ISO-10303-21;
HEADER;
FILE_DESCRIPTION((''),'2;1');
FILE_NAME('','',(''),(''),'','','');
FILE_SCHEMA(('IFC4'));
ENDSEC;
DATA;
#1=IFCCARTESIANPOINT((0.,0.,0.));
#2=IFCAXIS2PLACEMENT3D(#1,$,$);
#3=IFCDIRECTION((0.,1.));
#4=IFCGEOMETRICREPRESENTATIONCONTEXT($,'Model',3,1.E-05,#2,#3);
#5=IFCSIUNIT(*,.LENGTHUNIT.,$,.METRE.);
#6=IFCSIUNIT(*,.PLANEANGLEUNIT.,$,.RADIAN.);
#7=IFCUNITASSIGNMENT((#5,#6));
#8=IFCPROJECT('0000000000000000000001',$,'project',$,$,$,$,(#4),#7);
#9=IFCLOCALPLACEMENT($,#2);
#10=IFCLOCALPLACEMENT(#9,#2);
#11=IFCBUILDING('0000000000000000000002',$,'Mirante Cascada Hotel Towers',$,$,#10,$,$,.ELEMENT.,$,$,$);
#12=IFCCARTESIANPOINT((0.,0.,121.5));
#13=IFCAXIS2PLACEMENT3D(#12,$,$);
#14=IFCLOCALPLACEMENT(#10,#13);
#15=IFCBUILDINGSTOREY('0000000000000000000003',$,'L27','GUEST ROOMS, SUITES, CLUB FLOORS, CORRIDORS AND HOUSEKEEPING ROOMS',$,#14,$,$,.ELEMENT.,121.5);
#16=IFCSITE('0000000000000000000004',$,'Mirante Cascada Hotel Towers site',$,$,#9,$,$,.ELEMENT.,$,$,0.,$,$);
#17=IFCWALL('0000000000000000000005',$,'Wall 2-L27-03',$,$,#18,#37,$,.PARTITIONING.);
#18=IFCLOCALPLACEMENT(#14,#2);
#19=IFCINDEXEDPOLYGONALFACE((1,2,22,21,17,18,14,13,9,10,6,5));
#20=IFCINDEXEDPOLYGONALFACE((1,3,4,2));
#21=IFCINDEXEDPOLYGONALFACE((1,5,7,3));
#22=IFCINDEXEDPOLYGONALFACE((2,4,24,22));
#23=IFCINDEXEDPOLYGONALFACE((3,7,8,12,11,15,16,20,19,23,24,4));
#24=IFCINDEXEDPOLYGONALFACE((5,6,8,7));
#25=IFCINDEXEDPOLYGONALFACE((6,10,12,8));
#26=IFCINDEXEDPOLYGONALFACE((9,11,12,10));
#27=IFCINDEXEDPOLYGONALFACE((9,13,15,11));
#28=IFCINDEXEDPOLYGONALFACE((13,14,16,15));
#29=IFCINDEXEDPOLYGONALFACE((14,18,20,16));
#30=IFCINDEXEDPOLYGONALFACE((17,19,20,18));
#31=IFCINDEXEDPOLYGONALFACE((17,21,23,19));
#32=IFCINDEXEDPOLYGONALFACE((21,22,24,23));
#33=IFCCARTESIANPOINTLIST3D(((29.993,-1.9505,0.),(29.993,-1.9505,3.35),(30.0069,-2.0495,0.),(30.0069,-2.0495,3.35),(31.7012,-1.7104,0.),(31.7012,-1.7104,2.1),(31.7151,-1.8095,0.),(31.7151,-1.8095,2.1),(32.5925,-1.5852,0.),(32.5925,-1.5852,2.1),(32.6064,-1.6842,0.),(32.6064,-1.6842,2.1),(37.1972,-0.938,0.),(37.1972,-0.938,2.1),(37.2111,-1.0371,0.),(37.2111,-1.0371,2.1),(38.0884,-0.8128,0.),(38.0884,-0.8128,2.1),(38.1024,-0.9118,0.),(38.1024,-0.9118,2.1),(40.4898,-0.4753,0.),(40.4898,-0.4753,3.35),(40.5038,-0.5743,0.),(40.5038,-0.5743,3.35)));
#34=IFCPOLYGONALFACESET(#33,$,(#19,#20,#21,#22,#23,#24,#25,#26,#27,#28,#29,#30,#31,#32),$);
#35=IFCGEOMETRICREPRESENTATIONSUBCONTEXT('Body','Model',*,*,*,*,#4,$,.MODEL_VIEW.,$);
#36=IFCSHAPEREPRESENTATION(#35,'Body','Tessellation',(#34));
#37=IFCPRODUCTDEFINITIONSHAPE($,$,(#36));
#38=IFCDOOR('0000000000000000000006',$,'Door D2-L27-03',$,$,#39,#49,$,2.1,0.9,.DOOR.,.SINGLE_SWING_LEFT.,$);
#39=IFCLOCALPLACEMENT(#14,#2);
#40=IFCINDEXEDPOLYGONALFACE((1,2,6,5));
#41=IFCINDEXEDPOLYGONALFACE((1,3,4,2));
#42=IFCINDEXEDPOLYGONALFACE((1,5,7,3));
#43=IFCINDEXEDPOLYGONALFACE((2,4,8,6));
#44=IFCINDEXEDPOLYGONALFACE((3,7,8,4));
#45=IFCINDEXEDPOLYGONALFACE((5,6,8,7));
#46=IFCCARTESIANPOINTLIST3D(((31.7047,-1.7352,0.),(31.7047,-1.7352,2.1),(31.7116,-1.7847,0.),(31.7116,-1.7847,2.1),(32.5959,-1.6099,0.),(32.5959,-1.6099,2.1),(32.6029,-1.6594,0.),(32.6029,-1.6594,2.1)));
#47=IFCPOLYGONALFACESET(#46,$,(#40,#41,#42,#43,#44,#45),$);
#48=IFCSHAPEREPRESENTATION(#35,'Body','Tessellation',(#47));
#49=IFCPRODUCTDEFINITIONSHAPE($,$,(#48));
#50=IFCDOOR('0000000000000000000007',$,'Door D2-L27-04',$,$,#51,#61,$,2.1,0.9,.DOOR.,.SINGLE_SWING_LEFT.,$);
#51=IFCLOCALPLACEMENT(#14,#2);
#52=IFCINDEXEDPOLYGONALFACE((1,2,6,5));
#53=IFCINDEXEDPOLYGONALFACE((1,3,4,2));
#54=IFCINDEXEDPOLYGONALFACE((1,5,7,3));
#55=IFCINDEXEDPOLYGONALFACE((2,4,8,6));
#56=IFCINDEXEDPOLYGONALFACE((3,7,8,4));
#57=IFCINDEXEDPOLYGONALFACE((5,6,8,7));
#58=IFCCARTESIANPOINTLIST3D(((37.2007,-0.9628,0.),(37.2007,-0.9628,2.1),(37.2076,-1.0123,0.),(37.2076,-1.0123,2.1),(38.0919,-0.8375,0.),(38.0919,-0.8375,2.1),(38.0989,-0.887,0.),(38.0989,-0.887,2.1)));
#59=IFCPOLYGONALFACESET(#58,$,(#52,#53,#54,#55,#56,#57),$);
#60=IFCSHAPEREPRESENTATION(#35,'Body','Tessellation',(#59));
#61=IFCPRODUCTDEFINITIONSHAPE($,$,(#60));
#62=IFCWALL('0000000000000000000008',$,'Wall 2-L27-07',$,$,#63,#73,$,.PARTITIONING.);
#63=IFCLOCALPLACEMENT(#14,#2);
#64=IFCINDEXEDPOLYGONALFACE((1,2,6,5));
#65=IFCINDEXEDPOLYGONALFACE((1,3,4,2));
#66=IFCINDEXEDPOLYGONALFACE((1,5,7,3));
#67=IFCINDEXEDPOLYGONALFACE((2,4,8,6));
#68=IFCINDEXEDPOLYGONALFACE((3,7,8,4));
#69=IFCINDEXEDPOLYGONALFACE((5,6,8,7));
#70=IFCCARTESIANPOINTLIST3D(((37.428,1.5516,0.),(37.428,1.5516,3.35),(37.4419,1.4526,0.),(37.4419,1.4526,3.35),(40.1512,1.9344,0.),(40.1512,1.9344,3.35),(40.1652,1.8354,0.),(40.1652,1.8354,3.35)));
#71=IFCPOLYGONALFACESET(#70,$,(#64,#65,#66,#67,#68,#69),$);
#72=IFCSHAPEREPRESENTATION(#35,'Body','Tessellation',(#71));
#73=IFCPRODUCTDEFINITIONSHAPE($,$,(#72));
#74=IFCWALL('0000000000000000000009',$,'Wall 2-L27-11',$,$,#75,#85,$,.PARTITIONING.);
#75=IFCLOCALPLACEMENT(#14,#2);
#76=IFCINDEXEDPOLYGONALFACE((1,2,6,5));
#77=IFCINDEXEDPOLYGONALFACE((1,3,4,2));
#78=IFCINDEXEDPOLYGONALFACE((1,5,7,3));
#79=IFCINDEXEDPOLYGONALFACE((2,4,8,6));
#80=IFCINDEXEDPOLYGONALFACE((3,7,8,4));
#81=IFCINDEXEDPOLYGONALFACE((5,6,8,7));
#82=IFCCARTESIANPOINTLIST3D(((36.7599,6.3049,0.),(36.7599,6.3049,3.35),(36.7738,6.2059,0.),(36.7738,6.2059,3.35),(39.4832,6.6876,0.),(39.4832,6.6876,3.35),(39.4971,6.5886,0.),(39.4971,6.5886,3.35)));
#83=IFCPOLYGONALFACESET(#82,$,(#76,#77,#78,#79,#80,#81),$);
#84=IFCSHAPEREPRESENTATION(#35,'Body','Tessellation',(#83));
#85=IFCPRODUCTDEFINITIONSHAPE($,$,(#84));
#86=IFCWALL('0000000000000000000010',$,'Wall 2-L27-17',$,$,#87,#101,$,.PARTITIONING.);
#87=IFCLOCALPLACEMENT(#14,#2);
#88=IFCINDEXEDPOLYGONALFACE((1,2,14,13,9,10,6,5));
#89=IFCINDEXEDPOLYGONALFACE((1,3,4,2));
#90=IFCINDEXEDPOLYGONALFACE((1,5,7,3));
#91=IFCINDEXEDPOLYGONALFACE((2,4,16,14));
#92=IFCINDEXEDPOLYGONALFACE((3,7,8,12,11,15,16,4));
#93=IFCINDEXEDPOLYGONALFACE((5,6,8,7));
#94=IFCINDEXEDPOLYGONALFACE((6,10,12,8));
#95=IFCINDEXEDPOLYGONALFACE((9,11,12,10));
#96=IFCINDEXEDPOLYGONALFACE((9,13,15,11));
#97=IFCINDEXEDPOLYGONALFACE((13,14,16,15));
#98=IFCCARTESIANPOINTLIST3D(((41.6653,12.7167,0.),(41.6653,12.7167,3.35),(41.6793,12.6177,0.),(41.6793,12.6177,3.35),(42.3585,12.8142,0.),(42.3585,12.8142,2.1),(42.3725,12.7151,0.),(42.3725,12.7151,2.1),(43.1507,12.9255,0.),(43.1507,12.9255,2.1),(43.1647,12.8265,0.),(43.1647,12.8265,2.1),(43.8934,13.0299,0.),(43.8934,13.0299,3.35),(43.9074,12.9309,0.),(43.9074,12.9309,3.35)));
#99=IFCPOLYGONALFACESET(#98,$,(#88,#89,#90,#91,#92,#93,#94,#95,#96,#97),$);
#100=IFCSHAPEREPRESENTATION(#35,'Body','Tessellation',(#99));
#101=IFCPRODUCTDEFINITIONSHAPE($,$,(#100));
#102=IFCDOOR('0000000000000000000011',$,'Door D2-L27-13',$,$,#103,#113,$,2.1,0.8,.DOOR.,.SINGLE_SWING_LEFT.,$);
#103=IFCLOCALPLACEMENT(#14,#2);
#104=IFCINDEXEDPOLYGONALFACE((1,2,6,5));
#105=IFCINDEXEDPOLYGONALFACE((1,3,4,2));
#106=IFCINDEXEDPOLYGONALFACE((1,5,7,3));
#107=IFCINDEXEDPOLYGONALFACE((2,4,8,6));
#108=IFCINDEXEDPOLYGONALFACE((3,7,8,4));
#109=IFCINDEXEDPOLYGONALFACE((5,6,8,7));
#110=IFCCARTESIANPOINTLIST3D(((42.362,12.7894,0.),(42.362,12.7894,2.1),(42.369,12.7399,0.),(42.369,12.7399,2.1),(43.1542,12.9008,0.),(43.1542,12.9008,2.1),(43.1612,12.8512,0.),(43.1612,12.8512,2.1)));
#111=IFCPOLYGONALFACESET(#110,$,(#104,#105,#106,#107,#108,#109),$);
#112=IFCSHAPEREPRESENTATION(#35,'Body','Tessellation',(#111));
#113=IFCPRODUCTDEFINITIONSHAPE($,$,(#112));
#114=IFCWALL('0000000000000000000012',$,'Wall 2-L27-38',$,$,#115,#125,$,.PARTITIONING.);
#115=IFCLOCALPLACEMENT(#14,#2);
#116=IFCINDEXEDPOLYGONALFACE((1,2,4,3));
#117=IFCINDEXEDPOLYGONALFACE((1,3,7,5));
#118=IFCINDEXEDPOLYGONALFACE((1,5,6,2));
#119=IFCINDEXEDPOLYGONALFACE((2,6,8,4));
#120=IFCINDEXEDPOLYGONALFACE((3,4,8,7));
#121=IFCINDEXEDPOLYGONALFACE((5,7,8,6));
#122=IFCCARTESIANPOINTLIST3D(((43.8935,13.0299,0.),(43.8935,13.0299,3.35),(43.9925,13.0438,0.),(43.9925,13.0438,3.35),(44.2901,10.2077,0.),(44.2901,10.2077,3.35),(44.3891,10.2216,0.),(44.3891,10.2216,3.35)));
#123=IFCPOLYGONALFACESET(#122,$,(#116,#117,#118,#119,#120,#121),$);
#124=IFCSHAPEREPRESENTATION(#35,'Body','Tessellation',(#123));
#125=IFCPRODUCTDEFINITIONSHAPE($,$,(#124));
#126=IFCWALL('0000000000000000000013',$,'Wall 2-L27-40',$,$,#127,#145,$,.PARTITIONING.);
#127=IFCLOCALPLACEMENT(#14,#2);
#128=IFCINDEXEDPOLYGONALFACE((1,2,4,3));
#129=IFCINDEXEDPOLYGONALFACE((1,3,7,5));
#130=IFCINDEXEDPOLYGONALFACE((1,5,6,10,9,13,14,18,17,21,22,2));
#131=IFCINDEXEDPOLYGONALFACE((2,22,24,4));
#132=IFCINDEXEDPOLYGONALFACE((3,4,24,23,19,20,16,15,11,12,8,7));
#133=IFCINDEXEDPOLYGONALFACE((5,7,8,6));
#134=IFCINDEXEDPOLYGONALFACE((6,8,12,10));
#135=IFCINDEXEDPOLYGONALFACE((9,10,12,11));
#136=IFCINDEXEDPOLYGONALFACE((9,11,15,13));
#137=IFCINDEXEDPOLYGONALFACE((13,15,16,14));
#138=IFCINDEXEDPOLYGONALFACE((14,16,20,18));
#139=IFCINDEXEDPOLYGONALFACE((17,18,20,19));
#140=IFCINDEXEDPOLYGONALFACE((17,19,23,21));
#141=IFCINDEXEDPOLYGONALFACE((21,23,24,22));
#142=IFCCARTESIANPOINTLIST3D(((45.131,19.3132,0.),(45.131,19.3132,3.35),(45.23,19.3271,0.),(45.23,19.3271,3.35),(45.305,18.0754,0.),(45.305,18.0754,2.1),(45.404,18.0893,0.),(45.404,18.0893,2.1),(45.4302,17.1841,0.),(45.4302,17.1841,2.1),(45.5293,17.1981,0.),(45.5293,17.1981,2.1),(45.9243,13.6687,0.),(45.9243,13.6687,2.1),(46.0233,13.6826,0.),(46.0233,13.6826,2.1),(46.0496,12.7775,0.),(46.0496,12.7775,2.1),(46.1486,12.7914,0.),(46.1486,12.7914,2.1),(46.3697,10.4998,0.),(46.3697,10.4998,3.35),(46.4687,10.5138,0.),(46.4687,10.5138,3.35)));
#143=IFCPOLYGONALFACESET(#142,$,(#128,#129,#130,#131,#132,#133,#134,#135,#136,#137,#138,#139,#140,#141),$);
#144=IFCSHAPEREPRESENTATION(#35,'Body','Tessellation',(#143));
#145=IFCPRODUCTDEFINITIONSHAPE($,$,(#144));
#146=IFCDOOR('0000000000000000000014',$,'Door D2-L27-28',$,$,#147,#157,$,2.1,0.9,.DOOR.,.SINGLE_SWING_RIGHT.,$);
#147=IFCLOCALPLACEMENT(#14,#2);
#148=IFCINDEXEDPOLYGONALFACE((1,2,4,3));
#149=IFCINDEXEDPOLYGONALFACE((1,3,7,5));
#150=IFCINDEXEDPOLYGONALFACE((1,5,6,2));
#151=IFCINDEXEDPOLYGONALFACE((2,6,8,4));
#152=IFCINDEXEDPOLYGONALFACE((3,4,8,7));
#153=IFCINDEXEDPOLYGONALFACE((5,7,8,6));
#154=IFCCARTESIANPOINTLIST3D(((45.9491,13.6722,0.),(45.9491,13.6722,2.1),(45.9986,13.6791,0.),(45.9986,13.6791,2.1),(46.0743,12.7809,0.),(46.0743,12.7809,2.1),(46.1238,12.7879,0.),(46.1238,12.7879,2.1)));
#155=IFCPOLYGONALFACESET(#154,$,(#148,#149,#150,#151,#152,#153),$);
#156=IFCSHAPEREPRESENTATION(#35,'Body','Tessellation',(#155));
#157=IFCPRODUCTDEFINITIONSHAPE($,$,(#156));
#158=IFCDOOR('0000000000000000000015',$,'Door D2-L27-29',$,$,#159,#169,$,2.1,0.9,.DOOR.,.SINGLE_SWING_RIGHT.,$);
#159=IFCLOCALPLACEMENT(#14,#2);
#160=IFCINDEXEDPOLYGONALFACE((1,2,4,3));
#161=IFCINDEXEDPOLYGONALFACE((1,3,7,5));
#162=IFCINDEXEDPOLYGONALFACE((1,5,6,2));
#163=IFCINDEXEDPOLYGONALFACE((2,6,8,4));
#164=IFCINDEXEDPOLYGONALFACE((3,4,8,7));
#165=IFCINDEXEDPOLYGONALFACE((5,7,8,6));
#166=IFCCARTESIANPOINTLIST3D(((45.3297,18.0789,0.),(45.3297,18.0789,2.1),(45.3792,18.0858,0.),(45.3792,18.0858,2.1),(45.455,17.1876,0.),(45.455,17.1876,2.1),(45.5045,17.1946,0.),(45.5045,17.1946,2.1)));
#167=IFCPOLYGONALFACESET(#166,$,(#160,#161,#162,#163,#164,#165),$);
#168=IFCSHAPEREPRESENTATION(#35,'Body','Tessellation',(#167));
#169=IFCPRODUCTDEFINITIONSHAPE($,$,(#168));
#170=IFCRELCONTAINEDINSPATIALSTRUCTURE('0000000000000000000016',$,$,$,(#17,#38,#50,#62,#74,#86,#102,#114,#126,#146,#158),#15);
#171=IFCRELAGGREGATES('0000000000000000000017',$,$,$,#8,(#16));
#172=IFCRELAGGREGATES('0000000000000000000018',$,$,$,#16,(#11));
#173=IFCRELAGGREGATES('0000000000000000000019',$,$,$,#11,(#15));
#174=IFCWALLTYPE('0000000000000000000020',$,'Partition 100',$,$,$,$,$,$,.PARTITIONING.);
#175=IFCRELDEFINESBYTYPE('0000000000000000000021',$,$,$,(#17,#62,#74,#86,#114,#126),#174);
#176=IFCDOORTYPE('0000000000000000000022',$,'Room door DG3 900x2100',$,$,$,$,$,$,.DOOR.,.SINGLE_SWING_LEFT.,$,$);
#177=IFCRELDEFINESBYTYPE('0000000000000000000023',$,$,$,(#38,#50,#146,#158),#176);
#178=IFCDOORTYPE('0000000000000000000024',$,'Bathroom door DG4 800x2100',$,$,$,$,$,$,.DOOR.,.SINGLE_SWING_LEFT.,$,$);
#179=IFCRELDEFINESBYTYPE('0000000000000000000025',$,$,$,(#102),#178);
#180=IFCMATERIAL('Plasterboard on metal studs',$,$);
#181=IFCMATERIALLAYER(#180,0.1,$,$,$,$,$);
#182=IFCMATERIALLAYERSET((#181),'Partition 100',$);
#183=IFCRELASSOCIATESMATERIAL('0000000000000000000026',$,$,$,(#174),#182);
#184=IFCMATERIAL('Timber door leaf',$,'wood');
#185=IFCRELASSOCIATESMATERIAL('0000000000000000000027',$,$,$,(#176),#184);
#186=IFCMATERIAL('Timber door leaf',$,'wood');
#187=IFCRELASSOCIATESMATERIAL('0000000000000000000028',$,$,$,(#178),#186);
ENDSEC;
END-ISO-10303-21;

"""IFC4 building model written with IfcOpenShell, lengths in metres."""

from ifc_helpers import new_model, si_unit, direction, frame, frame_2d, origin, place, context, subcontext, project, spatial, rectangle, extrude, material, layer, layer_set, type_object, element, fill, save


model = new_model("IFC4")

# Units and contexts
model_context = context("Model", 3, precision=1e-05, world=origin(), true_north=direction((0.0, 1.0)))
body_context = subcontext(model_context, "Body", "Model", "MODEL_VIEW")
ifc_project = project(units=[si_unit("LENGTHUNIT", "METRE"), si_unit("PLANEANGLEUNIT", "RADIAN")], contexts=[model_context])

# Site, building, storey
site_placement = place(None, origin())
site = spatial("IfcSite", under=ifc_project, at=site_placement, Name="Mirante Cascada Hotel Towers site", CompositionType="ELEMENT", RefElevation=0.0)
building_placement = place(site_placement, origin())
building = spatial("IfcBuilding", under=site, at=building_placement, Name="Mirante Cascada Hotel Towers", CompositionType="ELEMENT")
storey_placement = place(building_placement, frame((0.0, 0.0, 121.5)))
storey = spatial("IfcBuildingStorey", under=building, at=storey_placement, Name="L27", Description="GUEST ROOMS, SUITES, CLUB FLOORS, CORRIDORS AND HOUSEKEEPING ROOMS", CompositionType="ELEMENT", Elevation=121.5)

# Wall, openings, doors
ifc_material_1 = material(Name="Plasterboard on metal studs")
ifc_layer_1 = layer(ifc_material_1, 0.1)
ifc_layer_set_1 = layer_set([ifc_layer_1], Name="Partition 100")
wall_type_1 = type_object("IfcWallType", Name="Partition 100", PredefinedType="PARTITIONING", material=ifc_layer_set_1)
wall_1_placement = place(storey_placement, frame((40.4968, -0.5248, 0.0), z_axis=(0.0, 0.0, 1.0), x_axis=(-0.990268, -0.13917, 0.0)))
wall_1 = element("IfcWall", 1, at=wall_1_placement, inside=storey, type_object=wall_type_1, Name="Wall 2-L27-03", PredefinedType="PARTITIONING", context=body_context, shape_type="SweptSolid", body=[
    extrude(rectangle(XDim=10.6, YDim=0.1, at=frame_2d((5.3, 0.0))), origin(), (0.0, 0.0, 1.0), 3.35),
])
opening_1_placement = place(wall_1_placement, frame((7.975, 0.0, 0.0)))
opening_1 = element("IfcOpeningElement", 2, at=opening_1_placement, cuts=wall_1, PredefinedType="OPENING", context=body_context, shape_type="SweptSolid", body=[
    extrude(rectangle(XDim=0.9, YDim=2.1, at=frame_2d((0.45, 1.05))), frame((0.0, 0.05, 0.0), z_axis=(0.0, -1.0, 0.0), x_axis=(1.0, 0.0, 0.0)), (0.0, 0.0, 1.0), 0.1),
])
opening_2_placement = place(wall_1_placement, frame((2.425, 0.0, 0.0)))
opening_2 = element("IfcOpeningElement", 3, at=opening_2_placement, cuts=wall_1, PredefinedType="OPENING", context=body_context, shape_type="SweptSolid", body=[
    extrude(rectangle(XDim=0.9, YDim=2.1, at=frame_2d((0.45, 1.05))), frame((0.0, 0.05, 0.0), z_axis=(0.0, -1.0, 0.0), x_axis=(1.0, 0.0, 0.0)), (0.0, 0.0, 1.0), 0.1),
])
ifc_material_2 = material(Name="Timber door leaf", Category="wood")
door_type_1 = type_object("IfcDoorType", Name="Room door DG3 900x2100", OperationType="SINGLE_SWING_LEFT", PredefinedType="DOOR", material=ifc_material_2)
door_1_placement = place(opening_1_placement, origin())
door_1 = element("IfcDoor", 4, at=door_1_placement, inside=storey, type_object=door_type_1, Name="Door D2-L27-03", OperationType="SINGLE_SWING_LEFT", OverallHeight=2.1, OverallWidth=0.9, PredefinedType="DOOR", context=body_context, shape_type="SweptSolid", body=[
    extrude(rectangle(XDim=0.9, YDim=2.1, at=frame_2d((0.45, 1.05))), frame((0.0, 0.025, 0.0), z_axis=(0.0, -1.0, 0.0), x_axis=(1.0, 0.0, 0.0)), (0.0, 0.0, 1.0), 0.05),
])
fill(opening_1, door_1)
door_2_placement = place(opening_2_placement, origin())
door_2 = element("IfcDoor", 5, at=door_2_placement, inside=storey, type_object=door_type_1, Name="Door D2-L27-04", OperationType="SINGLE_SWING_LEFT", OverallHeight=2.1, OverallWidth=0.9, PredefinedType="DOOR", context=body_context, shape_type="SweptSolid", body=[
    extrude(rectangle(XDim=0.9, YDim=2.1, at=frame_2d((0.45, 1.05))), frame((0.0, 0.025, 0.0), z_axis=(0.0, -1.0, 0.0), x_axis=(1.0, 0.0, 0.0)), (0.0, 0.0, 1.0), 0.05),
])
fill(opening_2, door_2)

# Walls
wall_2_placement = place(storey_placement, frame((40.1582, 1.8849, 0.0), z_axis=(0.0, 0.0, 1.0), x_axis=(-0.990264, -0.139201, 0.0)))
element("IfcWall", 6, at=wall_2_placement, inside=storey, type_object=wall_type_1, Name="Wall 2-L27-07", PredefinedType="PARTITIONING", context=body_context, shape_type="SweptSolid", body=[
    extrude(rectangle(XDim=2.75, YDim=0.1, at=frame_2d((1.375, 0.0))), origin(), (0.0, 0.0, 1.0), 3.35),
])
wall_3_placement = place(storey_placement, frame((39.4902, 6.6381, 0.0), z_axis=(0.0, 0.0, 1.0), x_axis=(-0.99027, -0.139161, 0.0)))
element("IfcWall", 7, at=wall_3_placement, inside=storey, type_object=wall_type_1, Name="Wall 2-L27-11", PredefinedType="PARTITIONING", context=body_context, shape_type="SweptSolid", body=[
    extrude(rectangle(XDim=2.7501, YDim=0.1, at=frame_2d((1.3751, 0.0))), origin(), (0.0, 0.0, 1.0), 3.35),
])

# Wall, opening, door
wall_4_placement = place(storey_placement, frame((43.9004, 12.9804, 0.0), z_axis=(0.0, 0.0, 1.0), x_axis=(-0.990264, -0.1392, 0.0)))
wall_4 = element("IfcWall", 8, at=wall_4_placement, inside=storey, type_object=wall_type_1, Name="Wall 2-L27-17", PredefinedType="PARTITIONING", context=body_context, shape_type="SweptSolid", body=[
    extrude(rectangle(XDim=2.25, YDim=0.1, at=frame_2d((1.125, 0.0))), origin(), (0.0, 0.0, 1.0), 3.35),
])
opening_3_placement = place(wall_4_placement, frame((0.75, 0.0, 0.0)))
opening_3 = element("IfcOpeningElement", 9, at=opening_3_placement, cuts=wall_4, PredefinedType="OPENING", context=body_context, shape_type="SweptSolid", body=[
    extrude(rectangle(XDim=0.8, YDim=2.1, at=frame_2d((0.4, 1.05))), frame((0.0, 0.05, 0.0), z_axis=(0.0, -1.0, 0.0), x_axis=(1.0, 0.0, 0.0)), (0.0, 0.0, 1.0), 0.1),
])
ifc_material_3 = material(Name="Timber door leaf", Category="wood")
door_type_2 = type_object("IfcDoorType", Name="Bathroom door DG4 800x2100", OperationType="SINGLE_SWING_LEFT", PredefinedType="DOOR", material=ifc_material_3)
door_3_placement = place(opening_3_placement, origin())
door_3 = element("IfcDoor", 10, at=door_3_placement, inside=storey, type_object=door_type_2, Name="Door D2-L27-13", OperationType="SINGLE_SWING_LEFT", OverallHeight=2.1, OverallWidth=0.8, PredefinedType="DOOR", context=body_context, shape_type="SweptSolid", body=[
    extrude(rectangle(XDim=0.8, YDim=2.1, at=frame_2d((0.4, 1.05))), frame((0.0, 0.025, 0.0), z_axis=(0.0, -1.0, 0.0), x_axis=(1.0, 0.0, 0.0)), (0.0, 0.0, 1.0), 0.05),
])
fill(opening_3, door_3)

# Wall
wall_5_placement = place(storey_placement, frame((44.3396, 10.2146, 0.0), z_axis=(0.0, 0.0, 1.0), x_axis=(-0.139161, 0.99027, 0.0)))
element("IfcWall", 11, at=wall_5_placement, inside=storey, type_object=wall_type_1, Name="Wall 2-L27-38", PredefinedType="PARTITIONING", context=body_context, shape_type="SweptSolid", body=[
    extrude(rectangle(XDim=2.8499, YDim=0.1, at=frame_2d((1.425, 0.0))), origin(), (0.0, 0.0, 1.0), 3.35),
])

# Wall, openings, doors
wall_6_placement = place(storey_placement, frame((46.4192, 10.5068, 0.0), z_axis=(0.0, 0.0, 1.0), x_axis=(-0.139179, 0.990267, 0.0)))
wall_6 = element("IfcWall", 12, at=wall_6_placement, inside=storey, type_object=wall_type_1, Name="Wall 2-L27-40", PredefinedType="PARTITIONING", context=body_context, shape_type="SweptSolid", body=[
    extrude(rectangle(XDim=8.9, YDim=0.1, at=frame_2d((4.45, 0.0))), origin(), (0.0, 0.0, 1.0), 3.35),
])
opening_4_placement = place(wall_6_placement, frame((2.3, 0.0, 0.0)))
opening_4 = element("IfcOpeningElement", 13, at=opening_4_placement, cuts=wall_6, PredefinedType="OPENING", context=body_context, shape_type="SweptSolid", body=[
    extrude(rectangle(XDim=0.9, YDim=2.1, at=frame_2d((0.45, 1.05))), frame((0.0, 0.05, 0.0), z_axis=(0.0, -1.0, 0.0), x_axis=(1.0, 0.0, 0.0)), (0.0, 0.0, 1.0), 0.1),
])
opening_5_placement = place(wall_6_placement, frame((6.75, 0.0, 0.0)))
opening_5 = element("IfcOpeningElement", 14, at=opening_5_placement, cuts=wall_6, PredefinedType="OPENING", context=body_context, shape_type="SweptSolid", body=[
    extrude(rectangle(XDim=0.9, YDim=2.1, at=frame_2d((0.45, 1.05))), frame((0.0, 0.05, 0.0), z_axis=(0.0, -1.0, 0.0), x_axis=(1.0, 0.0, 0.0)), (0.0, 0.0, 1.0), 0.1),
])
door_4_placement = place(opening_4_placement, frame((0.9, 0.0, 0.0), z_axis=(0.0, 0.0, 1.0), x_axis=(-1.0, 0.0, 0.0)))
door_4 = element("IfcDoor", 15, at=door_4_placement, inside=storey, type_object=door_type_1, Name="Door D2-L27-28", OperationType="SINGLE_SWING_RIGHT", OverallHeight=2.1, OverallWidth=0.9, PredefinedType="DOOR", context=body_context, shape_type="SweptSolid", body=[
    extrude(rectangle(XDim=0.9, YDim=2.1, at=frame_2d((0.45, 1.05))), frame((0.0, 0.025, 0.0), z_axis=(0.0, -1.0, 0.0), x_axis=(1.0, 0.0, 0.0)), (0.0, 0.0, 1.0), 0.05),
])
fill(opening_4, door_4)
door_5_placement = place(opening_5_placement, frame((0.9, 0.0, 0.0), z_axis=(0.0, 0.0, 1.0), x_axis=(-1.0, 0.0, 0.0)))
door_5 = element("IfcDoor", 16, at=door_5_placement, inside=storey, type_object=door_type_1, Name="Door D2-L27-29", OperationType="SINGLE_SWING_RIGHT", OverallHeight=2.1, OverallWidth=0.9, PredefinedType="DOOR", context=body_context, shape_type="SweptSolid", body=[
    extrude(rectangle(XDim=0.9, YDim=2.1, at=frame_2d((0.45, 1.05))), frame((0.0, 0.025, 0.0), z_axis=(0.0, -1.0, 0.0), x_axis=(1.0, 0.0, 0.0)), (0.0, 0.0, 1.0), 0.05),
])
fill(opening_5, door_5)

save(model, "model.ifc")
